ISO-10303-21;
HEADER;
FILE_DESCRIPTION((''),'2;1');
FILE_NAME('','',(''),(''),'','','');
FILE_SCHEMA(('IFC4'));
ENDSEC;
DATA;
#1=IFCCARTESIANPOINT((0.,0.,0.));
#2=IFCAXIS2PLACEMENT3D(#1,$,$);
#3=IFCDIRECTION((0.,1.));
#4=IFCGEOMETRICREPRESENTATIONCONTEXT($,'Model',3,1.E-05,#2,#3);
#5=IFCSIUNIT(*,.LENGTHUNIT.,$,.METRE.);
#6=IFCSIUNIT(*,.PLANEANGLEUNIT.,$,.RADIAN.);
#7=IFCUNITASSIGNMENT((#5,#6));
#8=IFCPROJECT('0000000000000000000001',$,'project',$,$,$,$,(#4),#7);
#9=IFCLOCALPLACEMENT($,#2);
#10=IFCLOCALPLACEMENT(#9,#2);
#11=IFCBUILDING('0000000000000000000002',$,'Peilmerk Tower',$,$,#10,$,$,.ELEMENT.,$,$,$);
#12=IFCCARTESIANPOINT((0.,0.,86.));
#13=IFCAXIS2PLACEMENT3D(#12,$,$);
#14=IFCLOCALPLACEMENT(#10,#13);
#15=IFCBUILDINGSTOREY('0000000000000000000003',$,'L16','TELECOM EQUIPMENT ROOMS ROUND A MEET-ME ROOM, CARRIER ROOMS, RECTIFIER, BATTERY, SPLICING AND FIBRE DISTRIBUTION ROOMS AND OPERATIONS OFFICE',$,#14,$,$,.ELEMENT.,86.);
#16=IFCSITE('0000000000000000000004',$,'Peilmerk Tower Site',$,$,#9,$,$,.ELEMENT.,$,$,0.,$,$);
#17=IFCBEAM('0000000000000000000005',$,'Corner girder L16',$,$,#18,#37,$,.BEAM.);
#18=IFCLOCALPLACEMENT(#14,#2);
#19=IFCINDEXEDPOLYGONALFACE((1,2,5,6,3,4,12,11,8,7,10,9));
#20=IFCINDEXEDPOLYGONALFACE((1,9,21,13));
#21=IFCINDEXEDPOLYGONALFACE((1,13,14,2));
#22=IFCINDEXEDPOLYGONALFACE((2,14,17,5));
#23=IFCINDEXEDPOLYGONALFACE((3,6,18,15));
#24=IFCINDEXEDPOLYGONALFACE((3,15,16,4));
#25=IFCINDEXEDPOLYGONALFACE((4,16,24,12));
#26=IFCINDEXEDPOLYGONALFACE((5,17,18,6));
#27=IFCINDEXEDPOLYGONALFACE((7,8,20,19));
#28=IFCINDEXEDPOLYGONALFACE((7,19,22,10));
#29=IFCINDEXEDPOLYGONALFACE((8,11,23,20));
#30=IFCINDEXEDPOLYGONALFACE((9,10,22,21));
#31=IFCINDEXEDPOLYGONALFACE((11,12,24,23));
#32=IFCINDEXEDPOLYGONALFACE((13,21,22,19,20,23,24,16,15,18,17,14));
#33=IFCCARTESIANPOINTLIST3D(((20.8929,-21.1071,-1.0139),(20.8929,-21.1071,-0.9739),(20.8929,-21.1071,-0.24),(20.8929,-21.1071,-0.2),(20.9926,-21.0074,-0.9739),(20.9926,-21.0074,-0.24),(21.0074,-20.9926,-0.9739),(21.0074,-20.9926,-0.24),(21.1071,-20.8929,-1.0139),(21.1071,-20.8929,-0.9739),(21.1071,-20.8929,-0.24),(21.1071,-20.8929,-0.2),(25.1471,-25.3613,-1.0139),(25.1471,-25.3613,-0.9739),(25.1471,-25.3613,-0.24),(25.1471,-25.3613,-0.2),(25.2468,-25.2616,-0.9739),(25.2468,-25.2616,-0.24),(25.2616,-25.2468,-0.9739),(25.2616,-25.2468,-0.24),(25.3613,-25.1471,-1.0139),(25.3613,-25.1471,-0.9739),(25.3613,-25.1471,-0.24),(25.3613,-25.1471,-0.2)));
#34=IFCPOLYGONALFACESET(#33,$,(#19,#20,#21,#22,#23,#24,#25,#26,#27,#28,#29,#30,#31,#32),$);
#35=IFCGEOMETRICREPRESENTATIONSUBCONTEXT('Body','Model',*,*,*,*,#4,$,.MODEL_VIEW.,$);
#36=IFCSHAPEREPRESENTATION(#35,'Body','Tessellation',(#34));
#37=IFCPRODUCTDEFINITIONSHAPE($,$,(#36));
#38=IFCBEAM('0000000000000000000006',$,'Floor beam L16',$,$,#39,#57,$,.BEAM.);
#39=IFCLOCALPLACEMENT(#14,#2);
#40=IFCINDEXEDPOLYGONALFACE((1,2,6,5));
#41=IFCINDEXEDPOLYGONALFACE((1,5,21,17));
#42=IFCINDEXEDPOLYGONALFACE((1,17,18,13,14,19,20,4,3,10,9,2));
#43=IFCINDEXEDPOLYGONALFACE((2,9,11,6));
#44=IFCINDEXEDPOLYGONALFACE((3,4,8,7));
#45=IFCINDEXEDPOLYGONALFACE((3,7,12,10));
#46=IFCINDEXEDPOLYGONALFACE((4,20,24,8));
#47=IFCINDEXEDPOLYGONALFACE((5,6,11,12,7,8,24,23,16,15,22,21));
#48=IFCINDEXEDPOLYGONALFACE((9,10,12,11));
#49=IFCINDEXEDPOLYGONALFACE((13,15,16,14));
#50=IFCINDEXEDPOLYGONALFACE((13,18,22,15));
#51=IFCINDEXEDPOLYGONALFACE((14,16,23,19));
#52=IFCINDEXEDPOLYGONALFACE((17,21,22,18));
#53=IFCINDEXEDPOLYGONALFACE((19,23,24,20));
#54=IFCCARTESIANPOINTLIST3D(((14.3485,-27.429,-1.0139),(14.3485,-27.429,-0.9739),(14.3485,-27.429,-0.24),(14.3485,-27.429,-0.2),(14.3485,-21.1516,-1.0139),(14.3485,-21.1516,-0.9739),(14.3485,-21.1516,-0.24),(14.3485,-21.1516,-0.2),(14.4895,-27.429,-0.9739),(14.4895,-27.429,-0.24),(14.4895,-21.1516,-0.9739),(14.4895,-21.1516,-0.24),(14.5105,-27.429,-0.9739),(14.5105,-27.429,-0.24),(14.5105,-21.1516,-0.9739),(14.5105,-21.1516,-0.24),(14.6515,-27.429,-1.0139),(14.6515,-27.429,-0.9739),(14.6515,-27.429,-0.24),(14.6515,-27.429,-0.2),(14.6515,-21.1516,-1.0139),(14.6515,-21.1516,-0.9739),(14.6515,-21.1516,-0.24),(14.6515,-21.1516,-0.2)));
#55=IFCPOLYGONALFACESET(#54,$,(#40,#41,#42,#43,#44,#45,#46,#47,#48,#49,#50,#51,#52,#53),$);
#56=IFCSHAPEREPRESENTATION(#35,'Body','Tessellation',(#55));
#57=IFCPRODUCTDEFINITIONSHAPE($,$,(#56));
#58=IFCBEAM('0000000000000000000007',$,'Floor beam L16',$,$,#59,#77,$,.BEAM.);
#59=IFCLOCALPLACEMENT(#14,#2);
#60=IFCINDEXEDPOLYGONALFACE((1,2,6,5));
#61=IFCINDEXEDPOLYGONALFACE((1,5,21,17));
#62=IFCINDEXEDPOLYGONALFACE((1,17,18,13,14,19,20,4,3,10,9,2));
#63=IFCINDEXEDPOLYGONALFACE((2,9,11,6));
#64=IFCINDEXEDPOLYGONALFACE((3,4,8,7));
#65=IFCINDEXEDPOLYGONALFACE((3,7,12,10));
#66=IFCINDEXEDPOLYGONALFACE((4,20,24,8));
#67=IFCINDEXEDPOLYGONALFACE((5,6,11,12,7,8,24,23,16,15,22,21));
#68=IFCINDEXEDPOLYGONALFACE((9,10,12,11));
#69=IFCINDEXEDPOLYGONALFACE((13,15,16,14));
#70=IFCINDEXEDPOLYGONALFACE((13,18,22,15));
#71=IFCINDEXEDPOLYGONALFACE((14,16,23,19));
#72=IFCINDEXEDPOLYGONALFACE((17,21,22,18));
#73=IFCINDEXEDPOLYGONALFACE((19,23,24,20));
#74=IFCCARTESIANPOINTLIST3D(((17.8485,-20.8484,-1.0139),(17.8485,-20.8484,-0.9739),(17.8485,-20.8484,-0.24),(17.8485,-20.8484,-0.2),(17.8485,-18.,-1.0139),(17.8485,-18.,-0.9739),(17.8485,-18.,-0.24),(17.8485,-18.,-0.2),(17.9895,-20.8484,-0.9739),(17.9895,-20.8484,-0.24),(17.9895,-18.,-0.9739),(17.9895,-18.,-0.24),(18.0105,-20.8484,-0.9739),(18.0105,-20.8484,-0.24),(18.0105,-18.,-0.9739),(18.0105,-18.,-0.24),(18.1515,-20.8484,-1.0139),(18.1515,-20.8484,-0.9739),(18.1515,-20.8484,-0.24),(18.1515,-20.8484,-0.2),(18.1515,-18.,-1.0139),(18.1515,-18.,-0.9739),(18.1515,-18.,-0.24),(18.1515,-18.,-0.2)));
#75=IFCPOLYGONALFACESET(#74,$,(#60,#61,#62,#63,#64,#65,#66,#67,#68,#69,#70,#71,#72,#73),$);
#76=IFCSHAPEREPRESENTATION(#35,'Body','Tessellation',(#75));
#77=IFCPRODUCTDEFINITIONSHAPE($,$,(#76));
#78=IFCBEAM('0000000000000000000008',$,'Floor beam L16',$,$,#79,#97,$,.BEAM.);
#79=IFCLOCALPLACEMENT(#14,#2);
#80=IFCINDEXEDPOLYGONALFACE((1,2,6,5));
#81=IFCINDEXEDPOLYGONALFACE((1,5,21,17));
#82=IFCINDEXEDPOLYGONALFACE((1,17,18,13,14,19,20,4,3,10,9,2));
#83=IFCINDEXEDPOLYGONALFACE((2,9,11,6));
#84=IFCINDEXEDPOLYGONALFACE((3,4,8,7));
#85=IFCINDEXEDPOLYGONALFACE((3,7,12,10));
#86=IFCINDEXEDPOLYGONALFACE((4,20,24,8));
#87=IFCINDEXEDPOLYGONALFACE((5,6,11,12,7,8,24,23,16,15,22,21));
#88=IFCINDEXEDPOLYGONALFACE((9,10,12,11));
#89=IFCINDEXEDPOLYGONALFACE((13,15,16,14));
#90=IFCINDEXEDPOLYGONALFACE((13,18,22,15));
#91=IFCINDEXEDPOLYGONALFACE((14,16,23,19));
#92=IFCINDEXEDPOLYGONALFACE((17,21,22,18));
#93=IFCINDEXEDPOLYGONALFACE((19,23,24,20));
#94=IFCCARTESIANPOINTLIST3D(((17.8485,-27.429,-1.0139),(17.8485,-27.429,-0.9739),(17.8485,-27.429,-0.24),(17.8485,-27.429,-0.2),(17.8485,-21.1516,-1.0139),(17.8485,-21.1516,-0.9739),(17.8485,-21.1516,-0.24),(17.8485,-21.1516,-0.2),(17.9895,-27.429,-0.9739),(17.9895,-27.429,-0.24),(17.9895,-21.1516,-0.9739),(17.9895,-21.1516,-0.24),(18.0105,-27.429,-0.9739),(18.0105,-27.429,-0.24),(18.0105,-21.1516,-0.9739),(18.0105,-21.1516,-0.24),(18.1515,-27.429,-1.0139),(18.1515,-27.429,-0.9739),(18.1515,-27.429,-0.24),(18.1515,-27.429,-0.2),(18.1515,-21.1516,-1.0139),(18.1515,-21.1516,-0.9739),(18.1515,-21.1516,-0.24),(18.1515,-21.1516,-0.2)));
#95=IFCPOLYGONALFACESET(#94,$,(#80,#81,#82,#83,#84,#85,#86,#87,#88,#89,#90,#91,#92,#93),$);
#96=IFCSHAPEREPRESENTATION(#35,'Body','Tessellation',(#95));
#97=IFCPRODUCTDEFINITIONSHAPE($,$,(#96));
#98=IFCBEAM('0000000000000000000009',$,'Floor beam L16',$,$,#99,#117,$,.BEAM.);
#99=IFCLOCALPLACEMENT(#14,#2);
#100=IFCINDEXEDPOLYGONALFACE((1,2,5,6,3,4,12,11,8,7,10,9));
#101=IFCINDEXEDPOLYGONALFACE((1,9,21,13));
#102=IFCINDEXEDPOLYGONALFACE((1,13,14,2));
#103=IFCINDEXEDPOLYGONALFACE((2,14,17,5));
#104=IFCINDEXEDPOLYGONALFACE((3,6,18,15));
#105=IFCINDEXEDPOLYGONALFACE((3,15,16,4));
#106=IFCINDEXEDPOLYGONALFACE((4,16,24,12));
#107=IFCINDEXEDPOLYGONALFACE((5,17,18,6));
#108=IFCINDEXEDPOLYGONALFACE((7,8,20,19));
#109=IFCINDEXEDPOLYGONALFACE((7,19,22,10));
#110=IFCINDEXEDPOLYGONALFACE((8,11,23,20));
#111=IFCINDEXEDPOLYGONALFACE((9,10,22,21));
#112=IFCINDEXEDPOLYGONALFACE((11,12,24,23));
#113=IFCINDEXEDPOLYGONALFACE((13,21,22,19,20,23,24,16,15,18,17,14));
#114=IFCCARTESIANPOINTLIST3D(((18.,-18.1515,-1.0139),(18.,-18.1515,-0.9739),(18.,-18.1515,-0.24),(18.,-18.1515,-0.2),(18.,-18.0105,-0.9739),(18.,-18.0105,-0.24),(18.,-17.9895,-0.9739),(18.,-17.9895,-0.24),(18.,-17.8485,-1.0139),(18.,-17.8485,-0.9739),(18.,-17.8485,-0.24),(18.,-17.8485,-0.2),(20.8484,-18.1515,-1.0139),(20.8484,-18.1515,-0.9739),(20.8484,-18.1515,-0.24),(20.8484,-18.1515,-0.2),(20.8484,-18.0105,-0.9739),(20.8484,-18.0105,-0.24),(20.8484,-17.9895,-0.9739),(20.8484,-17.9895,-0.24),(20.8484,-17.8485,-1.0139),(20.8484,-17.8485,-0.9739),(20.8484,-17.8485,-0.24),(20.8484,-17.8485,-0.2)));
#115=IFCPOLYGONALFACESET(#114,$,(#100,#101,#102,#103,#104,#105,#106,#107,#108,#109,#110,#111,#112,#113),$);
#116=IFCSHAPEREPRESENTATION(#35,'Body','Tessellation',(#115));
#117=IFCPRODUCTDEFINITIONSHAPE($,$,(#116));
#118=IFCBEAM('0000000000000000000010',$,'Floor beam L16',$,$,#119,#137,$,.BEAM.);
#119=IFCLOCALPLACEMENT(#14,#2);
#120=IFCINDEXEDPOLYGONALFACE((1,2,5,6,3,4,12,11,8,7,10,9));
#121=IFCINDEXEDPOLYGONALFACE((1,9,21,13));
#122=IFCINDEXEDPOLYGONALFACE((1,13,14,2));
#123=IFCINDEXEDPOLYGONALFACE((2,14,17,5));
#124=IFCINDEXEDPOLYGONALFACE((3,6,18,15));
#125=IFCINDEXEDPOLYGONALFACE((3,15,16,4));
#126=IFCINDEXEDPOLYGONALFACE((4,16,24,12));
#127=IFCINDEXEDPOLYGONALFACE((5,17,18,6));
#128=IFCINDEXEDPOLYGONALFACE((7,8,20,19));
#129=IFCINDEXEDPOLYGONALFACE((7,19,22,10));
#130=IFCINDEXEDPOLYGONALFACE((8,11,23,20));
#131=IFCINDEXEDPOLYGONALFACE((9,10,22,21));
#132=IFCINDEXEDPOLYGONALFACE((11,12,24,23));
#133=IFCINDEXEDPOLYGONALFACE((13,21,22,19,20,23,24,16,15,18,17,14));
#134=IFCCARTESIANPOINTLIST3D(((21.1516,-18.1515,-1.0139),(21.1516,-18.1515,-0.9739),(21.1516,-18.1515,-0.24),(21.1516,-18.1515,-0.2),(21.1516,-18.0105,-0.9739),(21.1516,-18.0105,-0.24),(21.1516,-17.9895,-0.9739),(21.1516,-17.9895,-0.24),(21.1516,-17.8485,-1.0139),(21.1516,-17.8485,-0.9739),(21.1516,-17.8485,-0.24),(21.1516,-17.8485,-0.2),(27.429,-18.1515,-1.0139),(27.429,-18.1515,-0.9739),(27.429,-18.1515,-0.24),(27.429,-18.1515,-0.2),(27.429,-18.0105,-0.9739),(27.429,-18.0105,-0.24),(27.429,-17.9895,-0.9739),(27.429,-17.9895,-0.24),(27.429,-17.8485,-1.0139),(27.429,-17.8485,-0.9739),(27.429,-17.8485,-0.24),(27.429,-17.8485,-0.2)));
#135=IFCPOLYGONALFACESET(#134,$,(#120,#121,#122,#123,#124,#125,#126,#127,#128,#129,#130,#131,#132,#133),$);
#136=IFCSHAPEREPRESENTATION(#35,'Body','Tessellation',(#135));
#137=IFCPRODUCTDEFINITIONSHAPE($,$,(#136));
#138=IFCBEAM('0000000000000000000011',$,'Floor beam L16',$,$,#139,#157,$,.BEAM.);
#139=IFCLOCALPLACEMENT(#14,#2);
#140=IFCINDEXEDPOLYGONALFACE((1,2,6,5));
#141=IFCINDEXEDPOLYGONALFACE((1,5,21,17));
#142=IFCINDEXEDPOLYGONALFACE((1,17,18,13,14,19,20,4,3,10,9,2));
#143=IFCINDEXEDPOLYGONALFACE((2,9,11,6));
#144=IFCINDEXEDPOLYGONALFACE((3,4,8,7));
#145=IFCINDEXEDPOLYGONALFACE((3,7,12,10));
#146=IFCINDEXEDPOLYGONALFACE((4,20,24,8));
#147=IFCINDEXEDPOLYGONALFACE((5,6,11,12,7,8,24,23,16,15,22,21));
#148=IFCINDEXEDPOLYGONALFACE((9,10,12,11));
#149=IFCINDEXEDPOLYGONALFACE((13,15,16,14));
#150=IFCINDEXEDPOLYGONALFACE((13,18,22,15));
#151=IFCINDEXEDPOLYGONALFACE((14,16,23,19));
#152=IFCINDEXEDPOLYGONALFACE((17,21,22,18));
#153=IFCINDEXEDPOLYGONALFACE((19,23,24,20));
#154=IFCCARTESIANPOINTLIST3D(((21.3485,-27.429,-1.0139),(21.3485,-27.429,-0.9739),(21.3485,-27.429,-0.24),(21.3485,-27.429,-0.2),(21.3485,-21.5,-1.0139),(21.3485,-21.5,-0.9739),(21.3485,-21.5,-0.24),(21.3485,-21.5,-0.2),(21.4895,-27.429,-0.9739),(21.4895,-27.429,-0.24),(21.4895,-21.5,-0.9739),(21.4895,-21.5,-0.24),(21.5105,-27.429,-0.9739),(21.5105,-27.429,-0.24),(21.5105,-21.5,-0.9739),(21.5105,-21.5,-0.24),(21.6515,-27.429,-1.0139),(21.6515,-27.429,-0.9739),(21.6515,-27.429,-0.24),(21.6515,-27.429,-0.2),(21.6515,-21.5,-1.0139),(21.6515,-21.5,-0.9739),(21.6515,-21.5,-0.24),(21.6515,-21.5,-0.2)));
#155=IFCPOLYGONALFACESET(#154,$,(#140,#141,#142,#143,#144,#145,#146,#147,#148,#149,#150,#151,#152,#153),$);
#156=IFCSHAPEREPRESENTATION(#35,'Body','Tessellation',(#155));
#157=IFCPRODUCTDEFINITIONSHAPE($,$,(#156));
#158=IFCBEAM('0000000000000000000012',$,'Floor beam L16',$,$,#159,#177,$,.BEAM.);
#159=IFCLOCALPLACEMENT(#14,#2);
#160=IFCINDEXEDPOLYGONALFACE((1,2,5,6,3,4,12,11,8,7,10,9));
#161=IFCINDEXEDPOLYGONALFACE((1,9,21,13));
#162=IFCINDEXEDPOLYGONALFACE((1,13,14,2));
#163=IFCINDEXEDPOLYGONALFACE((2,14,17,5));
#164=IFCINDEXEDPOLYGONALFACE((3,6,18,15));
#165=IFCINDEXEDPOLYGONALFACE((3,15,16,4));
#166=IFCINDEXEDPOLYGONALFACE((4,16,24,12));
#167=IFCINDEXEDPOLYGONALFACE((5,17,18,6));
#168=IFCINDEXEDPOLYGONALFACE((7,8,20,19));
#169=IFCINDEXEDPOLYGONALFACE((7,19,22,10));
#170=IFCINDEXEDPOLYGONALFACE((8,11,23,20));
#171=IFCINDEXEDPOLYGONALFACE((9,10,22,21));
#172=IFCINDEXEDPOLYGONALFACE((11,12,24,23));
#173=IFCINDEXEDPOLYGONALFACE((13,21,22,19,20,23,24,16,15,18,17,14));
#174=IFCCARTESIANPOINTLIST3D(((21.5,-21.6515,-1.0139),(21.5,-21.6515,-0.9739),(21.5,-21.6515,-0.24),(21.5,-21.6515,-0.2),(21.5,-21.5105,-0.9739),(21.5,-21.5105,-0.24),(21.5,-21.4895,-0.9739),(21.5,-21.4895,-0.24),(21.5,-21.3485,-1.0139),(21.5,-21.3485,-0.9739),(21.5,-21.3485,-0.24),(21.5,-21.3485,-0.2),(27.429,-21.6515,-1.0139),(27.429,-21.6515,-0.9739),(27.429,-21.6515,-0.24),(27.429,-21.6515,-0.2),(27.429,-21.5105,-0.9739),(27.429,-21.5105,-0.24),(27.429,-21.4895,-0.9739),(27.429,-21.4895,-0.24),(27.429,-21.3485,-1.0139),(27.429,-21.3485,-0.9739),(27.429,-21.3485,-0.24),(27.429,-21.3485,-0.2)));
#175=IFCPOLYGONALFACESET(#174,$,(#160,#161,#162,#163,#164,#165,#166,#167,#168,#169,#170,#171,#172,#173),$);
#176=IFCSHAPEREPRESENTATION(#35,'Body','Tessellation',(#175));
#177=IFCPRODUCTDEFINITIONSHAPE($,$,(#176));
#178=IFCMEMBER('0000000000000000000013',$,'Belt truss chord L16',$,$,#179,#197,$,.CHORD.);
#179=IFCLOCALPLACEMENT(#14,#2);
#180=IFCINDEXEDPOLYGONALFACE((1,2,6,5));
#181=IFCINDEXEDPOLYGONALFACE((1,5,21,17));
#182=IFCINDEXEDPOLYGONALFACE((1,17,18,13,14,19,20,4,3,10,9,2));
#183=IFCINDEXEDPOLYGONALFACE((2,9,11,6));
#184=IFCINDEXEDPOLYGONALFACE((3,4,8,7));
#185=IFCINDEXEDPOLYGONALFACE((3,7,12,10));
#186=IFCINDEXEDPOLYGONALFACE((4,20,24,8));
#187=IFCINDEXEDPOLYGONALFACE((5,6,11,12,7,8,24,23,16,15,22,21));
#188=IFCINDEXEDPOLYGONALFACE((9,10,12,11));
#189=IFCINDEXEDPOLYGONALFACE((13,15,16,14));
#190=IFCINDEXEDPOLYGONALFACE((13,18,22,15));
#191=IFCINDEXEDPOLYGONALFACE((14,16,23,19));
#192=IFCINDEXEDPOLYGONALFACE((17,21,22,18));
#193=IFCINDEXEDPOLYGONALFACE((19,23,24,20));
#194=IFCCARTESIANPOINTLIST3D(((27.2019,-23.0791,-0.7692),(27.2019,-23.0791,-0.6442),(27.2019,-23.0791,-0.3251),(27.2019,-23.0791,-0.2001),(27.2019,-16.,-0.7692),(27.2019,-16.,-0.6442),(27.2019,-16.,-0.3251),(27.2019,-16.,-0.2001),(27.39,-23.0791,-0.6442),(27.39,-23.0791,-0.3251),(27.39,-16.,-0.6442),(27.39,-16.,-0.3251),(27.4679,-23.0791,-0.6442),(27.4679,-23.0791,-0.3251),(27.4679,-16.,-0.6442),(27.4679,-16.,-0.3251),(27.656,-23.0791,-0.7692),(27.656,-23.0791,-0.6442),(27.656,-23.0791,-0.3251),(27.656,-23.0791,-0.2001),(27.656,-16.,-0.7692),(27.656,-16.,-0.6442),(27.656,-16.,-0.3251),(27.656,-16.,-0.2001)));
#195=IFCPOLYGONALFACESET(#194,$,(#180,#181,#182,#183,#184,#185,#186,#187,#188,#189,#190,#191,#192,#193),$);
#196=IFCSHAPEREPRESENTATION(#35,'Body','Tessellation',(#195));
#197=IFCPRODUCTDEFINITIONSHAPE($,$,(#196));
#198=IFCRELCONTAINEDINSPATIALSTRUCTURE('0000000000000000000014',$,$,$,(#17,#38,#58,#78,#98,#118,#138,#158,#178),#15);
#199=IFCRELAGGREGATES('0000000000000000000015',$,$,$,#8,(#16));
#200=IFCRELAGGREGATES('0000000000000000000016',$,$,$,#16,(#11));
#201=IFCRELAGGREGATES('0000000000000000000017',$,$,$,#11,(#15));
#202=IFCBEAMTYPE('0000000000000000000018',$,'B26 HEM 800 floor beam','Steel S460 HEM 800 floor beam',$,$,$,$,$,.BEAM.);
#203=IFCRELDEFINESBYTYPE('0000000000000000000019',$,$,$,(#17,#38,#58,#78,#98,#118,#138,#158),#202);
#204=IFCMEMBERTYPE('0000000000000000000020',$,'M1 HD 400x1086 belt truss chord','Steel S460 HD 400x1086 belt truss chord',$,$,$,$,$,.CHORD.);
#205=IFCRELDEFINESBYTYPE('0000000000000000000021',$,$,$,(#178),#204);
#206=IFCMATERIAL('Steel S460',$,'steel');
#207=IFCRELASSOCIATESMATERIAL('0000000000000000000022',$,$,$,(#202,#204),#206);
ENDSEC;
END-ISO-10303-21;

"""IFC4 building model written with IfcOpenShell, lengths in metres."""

from ifc_helpers import new_model, si_unit, direction, frame, origin, origin_2d, place, context, subcontext, project, spatial, i_section, extrude, material, material_profile, profile_set, type_object, element, save


model = new_model("IFC4")

# Units and contexts
model_context = context("Model", 3, precision=1e-05, world=origin(), true_north=direction((0.0, 1.0)))
body_context = subcontext(model_context, "Body", "Model", "MODEL_VIEW")
ifc_project = project(units=[si_unit("LENGTHUNIT", "METRE"), si_unit("PLANEANGLEUNIT", "RADIAN")], contexts=[model_context])

# Site, building, storey
site_placement = place(None, origin())
site = spatial("IfcSite", under=ifc_project, at=site_placement, Name="Peilmerk Tower Site", CompositionType="ELEMENT", RefElevation=0.0)
building_placement = place(site_placement, origin())
building = spatial("IfcBuilding", under=site, at=building_placement, Name="Peilmerk Tower", CompositionType="ELEMENT")
storey_placement = place(building_placement, frame((0.0, 0.0, 86.0)))
storey = spatial("IfcBuildingStorey", under=building, at=storey_placement, Name="L16", Description="TELECOM EQUIPMENT ROOMS ROUND A MEET-ME ROOM, CARRIER ROOMS, RECTIFIER, BATTERY, SPLICING AND FIBRE DISTRIBUTION ROOMS AND OPERATIONS OFFICE", CompositionType="ELEMENT", Elevation=86.0)

# Shared definitions
ifc_material_1 = material(Name="Steel S460", Category="steel")

# Beams
ifc_material_profile_1 = material_profile(ifc_material_1, i_section(OverallWidth=0.303, OverallDepth=0.814, WebThickness=0.021, FlangeThickness=0.04, at=origin_2d()), Name="HEM 800")
ifc_profile_set_1 = profile_set([ifc_material_profile_1], Name="Steel S460")
beam_type_1 = type_object("IfcBeamType", Name="B26 HEM 800 floor beam", Description="Steel S460 HEM 800 floor beam", PredefinedType="BEAM", material=ifc_profile_set_1)
beam_1_placement = place(storey_placement, frame((21.0, -21.0, -0.6069), z_axis=(0.707107, -0.707107, 0.0), x_axis=(0.707107, 0.707107, 0.0)))
element("IfcBeam", 1, at=beam_1_placement, inside=storey, type_object=beam_type_1, Name="Corner girder L16", PredefinedType="BEAM", context=body_context, shape_type="SweptSolid", body=[
    extrude(i_section(OverallWidth=0.303, OverallDepth=0.814, WebThickness=0.021, FlangeThickness=0.04, at=origin_2d()), origin(), (0.0, 0.0, 1.0), 6.0164),
])
beam_2_placement = place(storey_placement, frame((14.5, -21.1516, -0.6069), z_axis=(0.0, -1.0, 0.0), x_axis=(1.0, 0.0, 0.0)))
element("IfcBeam", 2, at=beam_2_placement, inside=storey, type_object=beam_type_1, Name="Floor beam L16", PredefinedType="BEAM", context=body_context, shape_type="SweptSolid", body=[
    extrude(i_section(OverallWidth=0.303, OverallDepth=0.814, WebThickness=0.021, FlangeThickness=0.04, at=origin_2d()), origin(), (0.0, 0.0, 1.0), 6.2773),
])
beam_3_placement = place(storey_placement, frame((18.0, -18.0, -0.6069), z_axis=(0.0, -1.0, 0.0), x_axis=(1.0, 0.0, 0.0)))
element("IfcBeam", 3, at=beam_3_placement, inside=storey, type_object=beam_type_1, Name="Floor beam L16", PredefinedType="BEAM", context=body_context, shape_type="SweptSolid", body=[
    extrude(i_section(OverallWidth=0.303, OverallDepth=0.814, WebThickness=0.021, FlangeThickness=0.04, at=origin_2d()), origin(), (0.0, 0.0, 1.0), 2.8484),
])
beam_4_placement = place(storey_placement, frame((18.0, -21.1516, -0.6069), z_axis=(0.0, -1.0, 0.0), x_axis=(1.0, 0.0, 0.0)))
element("IfcBeam", 4, at=beam_4_placement, inside=storey, type_object=beam_type_1, Name="Floor beam L16", PredefinedType="BEAM", context=body_context, shape_type="SweptSolid", body=[
    extrude(i_section(OverallWidth=0.303, OverallDepth=0.814, WebThickness=0.021, FlangeThickness=0.04, at=origin_2d()), origin(), (0.0, 0.0, 1.0), 6.2773),
])
beam_5_placement = place(storey_placement, frame((18.0, -18.0, -0.6069), z_axis=(1.0, 0.0, 0.0), x_axis=(0.0, 1.0, 0.0)))
element("IfcBeam", 5, at=beam_5_placement, inside=storey, type_object=beam_type_1, Name="Floor beam L16", PredefinedType="BEAM", context=body_context, shape_type="SweptSolid", body=[
    extrude(i_section(OverallWidth=0.303, OverallDepth=0.814, WebThickness=0.021, FlangeThickness=0.04, at=origin_2d()), origin(), (0.0, 0.0, 1.0), 2.8484),
])
beam_6_placement = place(storey_placement, frame((21.1516, -18.0, -0.6069), z_axis=(1.0, 0.0, 0.0), x_axis=(0.0, 1.0, 0.0)))
element("IfcBeam", 6, at=beam_6_placement, inside=storey, type_object=beam_type_1, Name="Floor beam L16", PredefinedType="BEAM", context=body_context, shape_type="SweptSolid", body=[
    extrude(i_section(OverallWidth=0.303, OverallDepth=0.814, WebThickness=0.021, FlangeThickness=0.04, at=origin_2d()), origin(), (0.0, 0.0, 1.0), 6.2773),
])
for number, where, z_axis, x_axis, name in (
    (7, (21.5, -21.5, -0.6069), (0.0, -1.0, 0.0), (1.0, 0.0, 0.0), "Floor beam L16"),
    (8, (21.5, -21.5, -0.6069), (1.0, 0.0, 0.0), (0.0, 1.0, 0.0), "Floor beam L16"),
):
    element("IfcBeam", number, at=place(storey_placement, frame(where, z_axis=z_axis, x_axis=x_axis)), inside=storey, type_object=beam_type_1, Name=name, PredefinedType="BEAM", context=body_context, shape_type="SweptSolid", body=[
        extrude(i_section(OverallWidth=0.303, OverallDepth=0.814, WebThickness=0.021, FlangeThickness=0.04, at=origin_2d()), origin(), (0.0, 0.0, 1.0), 5.929),
    ])

# Member
ifc_material_profile_2 = material_profile(ifc_material_1, i_section(OverallWidth=0.4541, OverallDepth=0.5691, WebThickness=0.0779, FlangeThickness=0.125, at=origin_2d()), Name="HD 400x1086")
ifc_profile_set_2 = profile_set([ifc_material_profile_2], Name="Steel S460")
member_type = type_object("IfcMemberType", Name="M1 HD 400x1086 belt truss chord", Description="Steel S460 HD 400x1086 belt truss chord", PredefinedType="CHORD", material=ifc_profile_set_2)
for number, where, z_axis, x_axis, name in (
    (9, (27.429, -23.0791, -0.4846), (0.0, 1.0, 0.0), (-1.0, 0.0, 0.0), "Belt truss chord L16"),
):
    element("IfcMember", number, at=place(storey_placement, frame(where, z_axis=z_axis, x_axis=x_axis)), inside=storey, type_object=member_type, Name=name, PredefinedType="CHORD", context=body_context, shape_type="SweptSolid", body=[
        extrude(i_section(OverallWidth=0.4541, OverallDepth=0.5691, WebThickness=0.0779, FlangeThickness=0.125, at=origin_2d()), origin(), (0.0, 0.0, 1.0), 7.0791),
    ])

save(model, "model.ifc")
